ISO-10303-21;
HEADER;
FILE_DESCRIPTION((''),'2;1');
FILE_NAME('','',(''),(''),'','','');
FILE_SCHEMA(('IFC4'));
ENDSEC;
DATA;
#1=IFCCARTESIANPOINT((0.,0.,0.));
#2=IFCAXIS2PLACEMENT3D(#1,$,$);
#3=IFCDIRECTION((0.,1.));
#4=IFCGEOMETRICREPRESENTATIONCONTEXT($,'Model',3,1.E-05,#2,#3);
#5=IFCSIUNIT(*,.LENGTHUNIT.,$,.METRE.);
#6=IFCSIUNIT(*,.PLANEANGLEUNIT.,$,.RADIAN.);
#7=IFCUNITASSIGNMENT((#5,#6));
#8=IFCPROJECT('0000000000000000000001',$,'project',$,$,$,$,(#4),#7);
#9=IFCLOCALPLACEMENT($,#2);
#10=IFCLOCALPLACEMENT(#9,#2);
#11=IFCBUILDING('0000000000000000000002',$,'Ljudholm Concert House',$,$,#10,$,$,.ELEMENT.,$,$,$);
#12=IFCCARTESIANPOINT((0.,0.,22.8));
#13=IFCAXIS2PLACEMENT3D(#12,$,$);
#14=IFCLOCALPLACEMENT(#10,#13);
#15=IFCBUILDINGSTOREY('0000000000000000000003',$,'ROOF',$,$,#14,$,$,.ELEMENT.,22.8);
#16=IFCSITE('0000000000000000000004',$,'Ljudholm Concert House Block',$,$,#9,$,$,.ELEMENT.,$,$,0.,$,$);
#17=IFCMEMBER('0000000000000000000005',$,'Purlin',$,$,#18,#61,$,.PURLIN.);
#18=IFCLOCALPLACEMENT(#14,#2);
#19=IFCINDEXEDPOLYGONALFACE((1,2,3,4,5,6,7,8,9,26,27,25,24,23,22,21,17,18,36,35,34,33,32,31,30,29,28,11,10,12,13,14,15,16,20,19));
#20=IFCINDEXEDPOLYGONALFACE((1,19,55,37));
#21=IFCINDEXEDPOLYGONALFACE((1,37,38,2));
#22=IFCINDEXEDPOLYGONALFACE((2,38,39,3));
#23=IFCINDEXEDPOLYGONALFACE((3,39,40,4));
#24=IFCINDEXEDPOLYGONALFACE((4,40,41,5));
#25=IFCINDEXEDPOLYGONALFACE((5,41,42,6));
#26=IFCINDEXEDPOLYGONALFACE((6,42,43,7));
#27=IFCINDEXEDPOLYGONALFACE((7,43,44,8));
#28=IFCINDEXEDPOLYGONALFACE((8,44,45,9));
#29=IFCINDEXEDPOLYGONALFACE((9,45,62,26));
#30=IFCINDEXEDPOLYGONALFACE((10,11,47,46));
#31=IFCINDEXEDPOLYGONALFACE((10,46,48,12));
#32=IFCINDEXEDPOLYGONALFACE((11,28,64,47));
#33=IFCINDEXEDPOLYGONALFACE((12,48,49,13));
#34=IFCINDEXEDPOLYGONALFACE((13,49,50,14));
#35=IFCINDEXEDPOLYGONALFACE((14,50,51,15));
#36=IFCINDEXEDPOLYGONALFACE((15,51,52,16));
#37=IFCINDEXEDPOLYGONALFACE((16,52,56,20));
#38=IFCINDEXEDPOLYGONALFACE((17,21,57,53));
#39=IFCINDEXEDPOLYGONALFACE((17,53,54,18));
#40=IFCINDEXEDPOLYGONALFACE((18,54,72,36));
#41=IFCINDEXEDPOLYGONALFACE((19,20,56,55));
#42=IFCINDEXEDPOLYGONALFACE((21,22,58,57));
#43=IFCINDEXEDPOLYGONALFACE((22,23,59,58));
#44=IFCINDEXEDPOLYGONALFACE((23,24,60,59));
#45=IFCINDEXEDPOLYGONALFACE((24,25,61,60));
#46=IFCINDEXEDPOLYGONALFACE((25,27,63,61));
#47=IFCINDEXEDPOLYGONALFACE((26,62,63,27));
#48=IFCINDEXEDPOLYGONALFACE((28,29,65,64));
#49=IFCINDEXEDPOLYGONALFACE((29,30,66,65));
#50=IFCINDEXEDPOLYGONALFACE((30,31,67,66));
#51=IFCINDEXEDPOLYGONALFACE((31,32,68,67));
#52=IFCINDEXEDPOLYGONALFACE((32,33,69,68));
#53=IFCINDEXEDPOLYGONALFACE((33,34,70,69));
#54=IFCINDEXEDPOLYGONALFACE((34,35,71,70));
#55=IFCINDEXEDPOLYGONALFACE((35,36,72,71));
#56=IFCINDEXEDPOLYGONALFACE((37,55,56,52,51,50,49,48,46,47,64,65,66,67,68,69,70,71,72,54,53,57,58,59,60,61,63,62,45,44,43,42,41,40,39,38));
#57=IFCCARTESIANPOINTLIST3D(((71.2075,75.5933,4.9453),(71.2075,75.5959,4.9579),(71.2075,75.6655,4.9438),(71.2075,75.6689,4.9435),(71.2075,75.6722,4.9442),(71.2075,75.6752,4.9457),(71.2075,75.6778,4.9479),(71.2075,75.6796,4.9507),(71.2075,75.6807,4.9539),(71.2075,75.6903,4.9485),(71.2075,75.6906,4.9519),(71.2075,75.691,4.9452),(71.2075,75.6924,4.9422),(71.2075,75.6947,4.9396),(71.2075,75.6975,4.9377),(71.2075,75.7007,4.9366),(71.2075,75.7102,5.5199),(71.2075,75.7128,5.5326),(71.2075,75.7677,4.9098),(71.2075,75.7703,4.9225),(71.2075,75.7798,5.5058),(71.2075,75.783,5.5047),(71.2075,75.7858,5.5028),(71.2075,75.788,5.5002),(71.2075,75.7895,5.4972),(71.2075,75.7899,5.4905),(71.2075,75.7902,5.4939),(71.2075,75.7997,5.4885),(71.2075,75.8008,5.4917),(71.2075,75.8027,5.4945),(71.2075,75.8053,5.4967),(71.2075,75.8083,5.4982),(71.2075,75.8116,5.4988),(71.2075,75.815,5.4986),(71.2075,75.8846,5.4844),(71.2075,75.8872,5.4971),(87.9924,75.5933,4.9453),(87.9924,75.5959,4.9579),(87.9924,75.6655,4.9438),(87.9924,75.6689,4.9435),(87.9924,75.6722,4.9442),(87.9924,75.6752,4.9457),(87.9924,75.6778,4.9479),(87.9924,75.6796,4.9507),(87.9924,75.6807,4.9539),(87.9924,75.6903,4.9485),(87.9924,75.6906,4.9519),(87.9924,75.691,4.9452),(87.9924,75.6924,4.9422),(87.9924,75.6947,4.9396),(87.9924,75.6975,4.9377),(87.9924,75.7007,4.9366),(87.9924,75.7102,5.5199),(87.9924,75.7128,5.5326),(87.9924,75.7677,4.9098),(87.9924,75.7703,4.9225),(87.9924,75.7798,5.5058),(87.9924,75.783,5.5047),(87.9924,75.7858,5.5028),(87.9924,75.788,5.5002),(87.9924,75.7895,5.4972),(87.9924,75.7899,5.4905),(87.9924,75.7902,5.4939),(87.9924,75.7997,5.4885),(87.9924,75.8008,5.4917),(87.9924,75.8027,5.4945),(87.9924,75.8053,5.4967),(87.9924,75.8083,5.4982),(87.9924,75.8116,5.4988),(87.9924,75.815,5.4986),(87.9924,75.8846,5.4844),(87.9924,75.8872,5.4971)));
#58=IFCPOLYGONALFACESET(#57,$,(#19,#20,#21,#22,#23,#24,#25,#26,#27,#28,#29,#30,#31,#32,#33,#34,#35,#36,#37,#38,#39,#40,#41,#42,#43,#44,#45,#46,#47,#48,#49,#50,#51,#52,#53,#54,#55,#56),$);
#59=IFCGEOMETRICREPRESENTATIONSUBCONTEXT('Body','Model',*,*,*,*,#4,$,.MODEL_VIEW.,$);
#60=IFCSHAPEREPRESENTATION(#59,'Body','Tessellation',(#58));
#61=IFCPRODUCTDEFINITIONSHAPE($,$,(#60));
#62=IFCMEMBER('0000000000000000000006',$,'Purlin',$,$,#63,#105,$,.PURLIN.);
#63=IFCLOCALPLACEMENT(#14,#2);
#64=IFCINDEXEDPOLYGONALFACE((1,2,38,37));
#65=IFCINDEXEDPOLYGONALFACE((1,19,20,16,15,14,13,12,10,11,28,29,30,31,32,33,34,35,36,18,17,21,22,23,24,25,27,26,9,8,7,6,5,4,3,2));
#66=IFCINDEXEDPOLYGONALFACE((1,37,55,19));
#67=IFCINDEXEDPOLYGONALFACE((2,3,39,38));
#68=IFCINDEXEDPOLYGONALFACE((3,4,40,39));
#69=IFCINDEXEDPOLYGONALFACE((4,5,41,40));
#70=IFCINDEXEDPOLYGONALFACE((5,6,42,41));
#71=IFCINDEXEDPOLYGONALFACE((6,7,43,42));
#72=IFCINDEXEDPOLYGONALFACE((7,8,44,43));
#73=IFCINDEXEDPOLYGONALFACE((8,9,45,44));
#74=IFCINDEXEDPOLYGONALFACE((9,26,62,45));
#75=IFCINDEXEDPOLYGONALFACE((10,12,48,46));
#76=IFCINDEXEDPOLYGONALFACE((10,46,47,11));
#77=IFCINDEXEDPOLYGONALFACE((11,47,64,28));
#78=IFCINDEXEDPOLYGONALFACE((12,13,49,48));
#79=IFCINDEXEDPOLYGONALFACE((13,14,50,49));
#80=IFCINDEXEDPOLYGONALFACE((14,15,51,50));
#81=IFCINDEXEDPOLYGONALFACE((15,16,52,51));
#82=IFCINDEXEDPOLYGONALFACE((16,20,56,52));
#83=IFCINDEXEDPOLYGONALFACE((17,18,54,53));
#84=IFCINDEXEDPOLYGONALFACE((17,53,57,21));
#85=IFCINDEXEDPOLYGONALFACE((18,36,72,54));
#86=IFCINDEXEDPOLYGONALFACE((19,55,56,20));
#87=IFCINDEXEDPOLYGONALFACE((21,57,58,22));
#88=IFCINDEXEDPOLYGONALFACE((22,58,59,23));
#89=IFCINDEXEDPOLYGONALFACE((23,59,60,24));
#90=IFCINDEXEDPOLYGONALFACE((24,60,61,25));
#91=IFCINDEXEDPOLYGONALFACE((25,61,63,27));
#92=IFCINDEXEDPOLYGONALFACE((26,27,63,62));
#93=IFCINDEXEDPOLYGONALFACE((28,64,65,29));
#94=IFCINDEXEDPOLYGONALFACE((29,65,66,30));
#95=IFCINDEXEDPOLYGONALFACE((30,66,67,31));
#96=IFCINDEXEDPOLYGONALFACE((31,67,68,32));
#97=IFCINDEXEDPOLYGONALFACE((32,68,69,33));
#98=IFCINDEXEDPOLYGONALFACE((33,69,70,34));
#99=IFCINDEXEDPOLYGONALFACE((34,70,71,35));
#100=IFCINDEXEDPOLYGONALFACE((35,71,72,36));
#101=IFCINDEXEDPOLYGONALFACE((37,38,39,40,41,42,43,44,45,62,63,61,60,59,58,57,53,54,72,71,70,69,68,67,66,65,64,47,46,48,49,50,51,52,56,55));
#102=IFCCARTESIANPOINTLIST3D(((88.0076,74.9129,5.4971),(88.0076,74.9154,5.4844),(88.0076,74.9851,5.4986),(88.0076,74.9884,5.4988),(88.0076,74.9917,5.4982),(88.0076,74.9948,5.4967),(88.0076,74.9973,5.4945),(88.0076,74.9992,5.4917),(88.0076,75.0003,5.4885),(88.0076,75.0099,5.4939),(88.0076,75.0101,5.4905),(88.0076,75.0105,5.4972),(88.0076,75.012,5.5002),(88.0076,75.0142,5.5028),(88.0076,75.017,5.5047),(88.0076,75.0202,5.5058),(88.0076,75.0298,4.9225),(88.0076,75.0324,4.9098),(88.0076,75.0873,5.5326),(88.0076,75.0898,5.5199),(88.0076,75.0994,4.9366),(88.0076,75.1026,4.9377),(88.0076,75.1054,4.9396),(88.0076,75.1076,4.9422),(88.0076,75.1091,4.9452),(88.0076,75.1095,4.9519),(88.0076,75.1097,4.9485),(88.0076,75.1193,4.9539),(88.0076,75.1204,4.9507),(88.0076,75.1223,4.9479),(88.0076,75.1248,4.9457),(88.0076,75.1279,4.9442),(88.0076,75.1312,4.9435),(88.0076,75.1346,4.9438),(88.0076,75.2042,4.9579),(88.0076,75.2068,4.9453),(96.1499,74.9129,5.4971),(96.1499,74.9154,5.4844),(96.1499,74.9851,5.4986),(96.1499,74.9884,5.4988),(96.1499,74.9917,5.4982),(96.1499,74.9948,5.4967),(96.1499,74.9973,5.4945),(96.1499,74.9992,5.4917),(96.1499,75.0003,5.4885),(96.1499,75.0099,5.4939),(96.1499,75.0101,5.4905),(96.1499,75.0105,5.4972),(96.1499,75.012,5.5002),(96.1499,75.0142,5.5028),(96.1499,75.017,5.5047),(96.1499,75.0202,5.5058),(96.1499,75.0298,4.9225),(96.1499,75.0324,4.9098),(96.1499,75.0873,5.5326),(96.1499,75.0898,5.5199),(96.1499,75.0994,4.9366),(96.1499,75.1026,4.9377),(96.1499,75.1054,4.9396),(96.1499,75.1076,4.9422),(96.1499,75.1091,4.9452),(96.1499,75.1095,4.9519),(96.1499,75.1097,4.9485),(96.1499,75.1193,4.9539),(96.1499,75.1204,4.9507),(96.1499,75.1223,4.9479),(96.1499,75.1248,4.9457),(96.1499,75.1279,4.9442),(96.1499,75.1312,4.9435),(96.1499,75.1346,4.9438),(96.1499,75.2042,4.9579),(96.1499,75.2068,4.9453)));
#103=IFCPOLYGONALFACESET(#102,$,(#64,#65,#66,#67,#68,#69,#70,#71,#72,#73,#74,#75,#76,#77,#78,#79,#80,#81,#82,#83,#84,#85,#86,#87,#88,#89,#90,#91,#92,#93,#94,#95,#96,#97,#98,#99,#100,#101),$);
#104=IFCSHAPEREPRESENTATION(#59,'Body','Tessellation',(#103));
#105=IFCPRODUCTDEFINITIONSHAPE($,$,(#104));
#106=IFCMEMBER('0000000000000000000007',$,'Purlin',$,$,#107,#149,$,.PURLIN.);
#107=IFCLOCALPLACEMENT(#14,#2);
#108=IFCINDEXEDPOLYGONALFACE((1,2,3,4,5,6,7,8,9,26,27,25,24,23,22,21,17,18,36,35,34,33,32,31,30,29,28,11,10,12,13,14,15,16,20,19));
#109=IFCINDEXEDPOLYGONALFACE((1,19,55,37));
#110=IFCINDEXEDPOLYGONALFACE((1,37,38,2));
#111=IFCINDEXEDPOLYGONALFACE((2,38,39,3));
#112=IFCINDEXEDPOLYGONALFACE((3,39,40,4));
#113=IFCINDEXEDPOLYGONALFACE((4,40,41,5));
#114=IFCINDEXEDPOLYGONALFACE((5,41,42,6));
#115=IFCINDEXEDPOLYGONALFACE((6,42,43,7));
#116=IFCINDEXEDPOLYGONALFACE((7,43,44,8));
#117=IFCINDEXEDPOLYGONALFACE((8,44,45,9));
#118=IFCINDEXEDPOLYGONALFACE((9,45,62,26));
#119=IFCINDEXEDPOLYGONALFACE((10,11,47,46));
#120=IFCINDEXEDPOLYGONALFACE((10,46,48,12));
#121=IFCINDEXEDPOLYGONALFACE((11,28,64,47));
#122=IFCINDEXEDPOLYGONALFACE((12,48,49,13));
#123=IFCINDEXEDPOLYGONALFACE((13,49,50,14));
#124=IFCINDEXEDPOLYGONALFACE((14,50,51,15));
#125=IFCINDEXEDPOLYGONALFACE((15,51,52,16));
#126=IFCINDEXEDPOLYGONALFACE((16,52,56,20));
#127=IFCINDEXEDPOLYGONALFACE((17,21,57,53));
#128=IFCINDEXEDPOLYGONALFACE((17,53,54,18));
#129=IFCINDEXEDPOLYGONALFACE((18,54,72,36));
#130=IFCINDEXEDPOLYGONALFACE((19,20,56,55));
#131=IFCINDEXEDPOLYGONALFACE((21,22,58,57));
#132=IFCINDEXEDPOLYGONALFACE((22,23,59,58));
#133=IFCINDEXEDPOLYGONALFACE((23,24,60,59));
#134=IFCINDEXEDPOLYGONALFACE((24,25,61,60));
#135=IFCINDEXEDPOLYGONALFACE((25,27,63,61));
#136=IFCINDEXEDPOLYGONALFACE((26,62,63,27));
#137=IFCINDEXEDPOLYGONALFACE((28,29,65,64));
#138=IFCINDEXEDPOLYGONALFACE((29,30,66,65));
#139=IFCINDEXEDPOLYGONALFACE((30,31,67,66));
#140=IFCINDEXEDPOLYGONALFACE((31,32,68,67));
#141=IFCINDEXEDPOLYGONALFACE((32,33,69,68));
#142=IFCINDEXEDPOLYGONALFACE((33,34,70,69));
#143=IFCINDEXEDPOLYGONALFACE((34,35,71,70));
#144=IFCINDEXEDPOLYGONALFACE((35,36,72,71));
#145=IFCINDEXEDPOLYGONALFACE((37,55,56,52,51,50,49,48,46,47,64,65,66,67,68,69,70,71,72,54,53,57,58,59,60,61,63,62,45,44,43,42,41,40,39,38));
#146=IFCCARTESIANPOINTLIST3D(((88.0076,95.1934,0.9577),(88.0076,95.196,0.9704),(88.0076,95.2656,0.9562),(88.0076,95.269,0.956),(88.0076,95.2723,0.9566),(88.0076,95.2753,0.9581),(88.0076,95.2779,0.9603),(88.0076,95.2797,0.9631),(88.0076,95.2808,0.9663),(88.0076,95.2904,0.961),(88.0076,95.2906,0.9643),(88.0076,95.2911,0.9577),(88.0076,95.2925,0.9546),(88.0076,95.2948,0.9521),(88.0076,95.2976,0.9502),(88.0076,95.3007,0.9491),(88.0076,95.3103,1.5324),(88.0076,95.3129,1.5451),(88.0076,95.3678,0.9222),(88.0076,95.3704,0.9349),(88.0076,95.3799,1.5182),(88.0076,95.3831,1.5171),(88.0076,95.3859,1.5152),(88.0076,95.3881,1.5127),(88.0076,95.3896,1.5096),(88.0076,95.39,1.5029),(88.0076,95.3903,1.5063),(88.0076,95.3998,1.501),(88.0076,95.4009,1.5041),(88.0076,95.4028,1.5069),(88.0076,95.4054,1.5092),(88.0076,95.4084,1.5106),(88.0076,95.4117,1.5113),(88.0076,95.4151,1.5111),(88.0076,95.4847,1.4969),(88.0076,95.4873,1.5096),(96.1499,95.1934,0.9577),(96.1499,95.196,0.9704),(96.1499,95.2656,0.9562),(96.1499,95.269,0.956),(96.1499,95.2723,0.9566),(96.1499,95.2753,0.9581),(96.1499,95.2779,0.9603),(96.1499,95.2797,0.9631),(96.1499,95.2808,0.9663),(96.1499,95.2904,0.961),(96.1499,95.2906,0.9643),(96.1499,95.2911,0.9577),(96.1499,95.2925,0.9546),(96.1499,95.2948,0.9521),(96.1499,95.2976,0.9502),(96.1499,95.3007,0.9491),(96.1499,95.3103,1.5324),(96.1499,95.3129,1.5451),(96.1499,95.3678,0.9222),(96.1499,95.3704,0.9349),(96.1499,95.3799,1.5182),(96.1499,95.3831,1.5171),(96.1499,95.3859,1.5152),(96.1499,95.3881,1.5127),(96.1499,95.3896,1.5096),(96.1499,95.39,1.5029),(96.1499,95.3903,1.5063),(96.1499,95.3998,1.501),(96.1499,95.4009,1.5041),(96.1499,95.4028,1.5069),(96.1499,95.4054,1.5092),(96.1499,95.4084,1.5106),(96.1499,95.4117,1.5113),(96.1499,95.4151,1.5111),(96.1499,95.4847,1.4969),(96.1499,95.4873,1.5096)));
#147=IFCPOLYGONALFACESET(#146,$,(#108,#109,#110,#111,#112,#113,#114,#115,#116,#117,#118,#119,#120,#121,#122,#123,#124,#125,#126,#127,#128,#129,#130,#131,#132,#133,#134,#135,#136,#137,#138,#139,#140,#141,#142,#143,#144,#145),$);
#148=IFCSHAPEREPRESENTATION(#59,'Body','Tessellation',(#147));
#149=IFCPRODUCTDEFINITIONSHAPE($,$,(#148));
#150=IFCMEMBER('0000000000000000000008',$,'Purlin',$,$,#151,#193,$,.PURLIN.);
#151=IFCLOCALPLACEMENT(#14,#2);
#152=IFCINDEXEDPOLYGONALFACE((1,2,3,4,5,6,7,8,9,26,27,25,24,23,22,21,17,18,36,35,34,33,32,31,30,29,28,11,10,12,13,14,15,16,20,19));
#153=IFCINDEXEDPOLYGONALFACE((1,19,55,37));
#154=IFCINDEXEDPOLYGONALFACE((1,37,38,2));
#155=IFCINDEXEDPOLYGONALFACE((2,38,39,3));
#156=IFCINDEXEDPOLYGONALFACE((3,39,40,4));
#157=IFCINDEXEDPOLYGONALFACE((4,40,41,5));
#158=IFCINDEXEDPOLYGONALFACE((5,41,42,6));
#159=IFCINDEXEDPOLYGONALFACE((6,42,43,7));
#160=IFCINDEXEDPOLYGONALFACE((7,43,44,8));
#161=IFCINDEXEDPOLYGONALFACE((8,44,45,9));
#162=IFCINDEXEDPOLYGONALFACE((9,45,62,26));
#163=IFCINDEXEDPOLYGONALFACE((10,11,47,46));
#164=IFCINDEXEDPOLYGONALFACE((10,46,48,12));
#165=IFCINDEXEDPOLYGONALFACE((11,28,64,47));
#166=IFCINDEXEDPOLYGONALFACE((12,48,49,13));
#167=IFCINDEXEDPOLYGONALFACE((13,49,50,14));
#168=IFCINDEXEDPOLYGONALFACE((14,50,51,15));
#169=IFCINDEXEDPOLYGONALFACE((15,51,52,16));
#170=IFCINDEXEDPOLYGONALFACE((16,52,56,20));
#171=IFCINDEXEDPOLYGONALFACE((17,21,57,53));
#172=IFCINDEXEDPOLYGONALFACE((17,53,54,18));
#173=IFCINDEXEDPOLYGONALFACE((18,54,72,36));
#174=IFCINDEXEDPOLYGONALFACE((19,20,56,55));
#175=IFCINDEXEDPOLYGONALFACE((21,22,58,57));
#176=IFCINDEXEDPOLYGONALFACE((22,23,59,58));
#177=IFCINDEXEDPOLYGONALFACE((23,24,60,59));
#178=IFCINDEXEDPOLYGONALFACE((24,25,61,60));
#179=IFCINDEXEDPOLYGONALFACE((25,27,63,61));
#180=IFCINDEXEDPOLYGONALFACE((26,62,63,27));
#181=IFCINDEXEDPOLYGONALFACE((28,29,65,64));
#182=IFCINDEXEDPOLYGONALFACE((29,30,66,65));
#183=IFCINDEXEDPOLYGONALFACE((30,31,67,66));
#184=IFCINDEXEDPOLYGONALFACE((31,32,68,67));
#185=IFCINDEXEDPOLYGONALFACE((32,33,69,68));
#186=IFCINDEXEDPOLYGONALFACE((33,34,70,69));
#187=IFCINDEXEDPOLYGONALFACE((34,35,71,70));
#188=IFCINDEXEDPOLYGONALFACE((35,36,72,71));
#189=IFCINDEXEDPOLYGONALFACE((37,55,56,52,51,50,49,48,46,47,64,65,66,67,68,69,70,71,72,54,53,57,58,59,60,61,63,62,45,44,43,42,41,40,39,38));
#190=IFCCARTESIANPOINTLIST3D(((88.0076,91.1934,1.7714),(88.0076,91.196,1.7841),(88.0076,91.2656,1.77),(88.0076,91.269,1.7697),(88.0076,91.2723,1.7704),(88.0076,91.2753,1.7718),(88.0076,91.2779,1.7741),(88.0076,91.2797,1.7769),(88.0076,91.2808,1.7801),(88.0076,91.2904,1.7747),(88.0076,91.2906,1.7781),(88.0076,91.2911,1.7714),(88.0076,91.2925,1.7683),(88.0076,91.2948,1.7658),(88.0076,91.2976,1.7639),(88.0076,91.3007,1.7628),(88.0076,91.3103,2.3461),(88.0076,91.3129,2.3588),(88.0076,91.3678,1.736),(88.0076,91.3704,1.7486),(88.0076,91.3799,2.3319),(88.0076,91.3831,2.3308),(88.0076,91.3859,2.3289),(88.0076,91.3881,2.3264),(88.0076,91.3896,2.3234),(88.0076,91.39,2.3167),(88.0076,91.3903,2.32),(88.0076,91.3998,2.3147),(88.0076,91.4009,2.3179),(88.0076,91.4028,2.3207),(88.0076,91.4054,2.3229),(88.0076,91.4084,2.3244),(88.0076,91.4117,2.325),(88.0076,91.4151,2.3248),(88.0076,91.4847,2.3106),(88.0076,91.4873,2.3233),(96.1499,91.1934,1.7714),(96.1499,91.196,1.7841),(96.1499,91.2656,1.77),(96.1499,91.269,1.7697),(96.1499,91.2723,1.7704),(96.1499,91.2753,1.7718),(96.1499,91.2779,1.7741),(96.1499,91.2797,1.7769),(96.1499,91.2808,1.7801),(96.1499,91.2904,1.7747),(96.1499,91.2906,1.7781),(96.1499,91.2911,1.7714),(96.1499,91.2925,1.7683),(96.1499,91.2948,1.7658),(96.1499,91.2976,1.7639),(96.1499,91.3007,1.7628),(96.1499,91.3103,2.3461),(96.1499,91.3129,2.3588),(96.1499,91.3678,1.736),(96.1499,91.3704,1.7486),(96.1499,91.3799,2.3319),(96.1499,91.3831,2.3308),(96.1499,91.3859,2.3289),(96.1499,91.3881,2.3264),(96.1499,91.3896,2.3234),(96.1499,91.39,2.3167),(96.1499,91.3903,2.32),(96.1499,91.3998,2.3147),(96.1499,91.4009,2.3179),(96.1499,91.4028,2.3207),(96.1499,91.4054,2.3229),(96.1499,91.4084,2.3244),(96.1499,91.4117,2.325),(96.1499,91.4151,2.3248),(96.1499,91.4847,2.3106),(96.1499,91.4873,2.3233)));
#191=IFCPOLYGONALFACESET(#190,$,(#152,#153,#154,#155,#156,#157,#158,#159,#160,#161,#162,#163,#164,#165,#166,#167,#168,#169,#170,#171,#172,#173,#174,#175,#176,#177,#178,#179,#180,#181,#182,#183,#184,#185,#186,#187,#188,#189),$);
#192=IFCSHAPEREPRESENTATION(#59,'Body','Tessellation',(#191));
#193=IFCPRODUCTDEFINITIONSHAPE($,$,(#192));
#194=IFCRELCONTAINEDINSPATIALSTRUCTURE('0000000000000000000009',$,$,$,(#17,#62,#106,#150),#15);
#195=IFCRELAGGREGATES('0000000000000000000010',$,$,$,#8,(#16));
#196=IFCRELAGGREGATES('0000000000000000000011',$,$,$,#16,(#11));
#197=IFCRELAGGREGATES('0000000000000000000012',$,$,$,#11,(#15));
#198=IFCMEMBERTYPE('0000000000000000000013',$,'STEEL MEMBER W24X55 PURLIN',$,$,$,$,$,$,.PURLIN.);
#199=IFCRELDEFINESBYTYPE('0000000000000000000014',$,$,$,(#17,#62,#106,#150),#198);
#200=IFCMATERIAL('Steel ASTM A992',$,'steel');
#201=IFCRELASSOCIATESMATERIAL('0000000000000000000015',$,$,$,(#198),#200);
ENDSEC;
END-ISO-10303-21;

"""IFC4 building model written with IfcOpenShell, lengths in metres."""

from ifc_helpers import new_model, si_unit, direction, frame, origin, origin_2d, place, context, subcontext, project, spatial, i_section, extrude, material, material_profile, profile_set, type_object, element, save


model = new_model("IFC4")

# Units and contexts
model_context = context("Model", 3, precision=1e-05, world=origin(), true_north=direction((0.0, 1.0)))
body_context = subcontext(model_context, "Body", "Model", "MODEL_VIEW")
ifc_project = project(units=[si_unit("LENGTHUNIT", "METRE"), si_unit("PLANEANGLEUNIT", "RADIAN")], contexts=[model_context])

# Site, building, storey
site_placement = place(None, origin())
site = spatial("IfcSite", under=ifc_project, at=site_placement, Name="Ljudholm Concert House Block", CompositionType="ELEMENT", RefElevation=0.0)
building_placement = place(site_placement, origin())
building = spatial("IfcBuilding", under=site, at=building_placement, Name="Ljudholm Concert House", CompositionType="ELEMENT")
storey_placement = place(building_placement, frame((0.0, 0.0, 22.8)))
storey = spatial("IfcBuildingStorey", under=building, at=storey_placement, Name="ROOF", CompositionType="ELEMENT", Elevation=22.8)

# Members
ifc_material_1 = material(Name="Steel ASTM A992", Category="steel")
ifc_material_profile_1 = material_profile(ifc_material_1, i_section(OverallWidth=0.178, OverallDepth=0.5994, WebThickness=0.01, FlangeThickness=0.0129, FilletRadius=0.0129, at=origin_2d()), Name="W24X55")
ifc_profile_set_1 = profile_set([ifc_material_profile_1], Name="Steel ASTM A992")
member_type_1 = type_object("IfcMemberType", Name="STEEL MEMBER W24X55 PURLIN", PredefinedType="PURLIN", material=ifc_profile_set_1)
for number, where, z_axis, x_axis, name in (
    (1, (71.2075, 75.7402, 5.2212), (1.0, 0.0, 0.0), (0.0, 0.979925, -0.199368), "Purlin"),
):
    element("IfcMember", number, at=place(storey_placement, frame(where, z_axis=z_axis, x_axis=x_axis)), inside=storey, type_object=member_type_1, Name=name, PredefinedType="PURLIN", context=body_context, shape_type="SweptSolid", body=[
        extrude(i_section(OverallWidth=0.178, OverallDepth=0.5994, WebThickness=0.01, FlangeThickness=0.0129, FilletRadius=0.0129, at=origin_2d()), origin(), (0.0, 0.0, 1.0), 16.7849),
    ])
for number, where, z_axis, x_axis, name in (
    (2, (88.0076, 75.0598, 5.2212), (1.0, 0.0, 0.0), (0.0, 0.979925, 0.199368), "Purlin"),
    (3, (88.0076, 95.3403, 1.2336), (1.0, 0.0, 0.0), (0.0, 0.979925, -0.199368), "Purlin"),
    (4, (88.0076, 91.3403, 2.0474), (1.0, 0.0, 0.0), (0.0, 0.979925, -0.199368), "Purlin"),
):
    element("IfcMember", number, at=place(storey_placement, frame(where, z_axis=z_axis, x_axis=x_axis)), inside=storey, type_object=member_type_1, Name=name, PredefinedType="PURLIN", context=body_context, shape_type="SweptSolid", body=[
        extrude(i_section(OverallWidth=0.178, OverallDepth=0.5994, WebThickness=0.01, FlangeThickness=0.0129, FilletRadius=0.0129, at=origin_2d()), origin(), (0.0, 0.0, 1.0), 8.1423),
    ])

save(model, "model.ifc")
